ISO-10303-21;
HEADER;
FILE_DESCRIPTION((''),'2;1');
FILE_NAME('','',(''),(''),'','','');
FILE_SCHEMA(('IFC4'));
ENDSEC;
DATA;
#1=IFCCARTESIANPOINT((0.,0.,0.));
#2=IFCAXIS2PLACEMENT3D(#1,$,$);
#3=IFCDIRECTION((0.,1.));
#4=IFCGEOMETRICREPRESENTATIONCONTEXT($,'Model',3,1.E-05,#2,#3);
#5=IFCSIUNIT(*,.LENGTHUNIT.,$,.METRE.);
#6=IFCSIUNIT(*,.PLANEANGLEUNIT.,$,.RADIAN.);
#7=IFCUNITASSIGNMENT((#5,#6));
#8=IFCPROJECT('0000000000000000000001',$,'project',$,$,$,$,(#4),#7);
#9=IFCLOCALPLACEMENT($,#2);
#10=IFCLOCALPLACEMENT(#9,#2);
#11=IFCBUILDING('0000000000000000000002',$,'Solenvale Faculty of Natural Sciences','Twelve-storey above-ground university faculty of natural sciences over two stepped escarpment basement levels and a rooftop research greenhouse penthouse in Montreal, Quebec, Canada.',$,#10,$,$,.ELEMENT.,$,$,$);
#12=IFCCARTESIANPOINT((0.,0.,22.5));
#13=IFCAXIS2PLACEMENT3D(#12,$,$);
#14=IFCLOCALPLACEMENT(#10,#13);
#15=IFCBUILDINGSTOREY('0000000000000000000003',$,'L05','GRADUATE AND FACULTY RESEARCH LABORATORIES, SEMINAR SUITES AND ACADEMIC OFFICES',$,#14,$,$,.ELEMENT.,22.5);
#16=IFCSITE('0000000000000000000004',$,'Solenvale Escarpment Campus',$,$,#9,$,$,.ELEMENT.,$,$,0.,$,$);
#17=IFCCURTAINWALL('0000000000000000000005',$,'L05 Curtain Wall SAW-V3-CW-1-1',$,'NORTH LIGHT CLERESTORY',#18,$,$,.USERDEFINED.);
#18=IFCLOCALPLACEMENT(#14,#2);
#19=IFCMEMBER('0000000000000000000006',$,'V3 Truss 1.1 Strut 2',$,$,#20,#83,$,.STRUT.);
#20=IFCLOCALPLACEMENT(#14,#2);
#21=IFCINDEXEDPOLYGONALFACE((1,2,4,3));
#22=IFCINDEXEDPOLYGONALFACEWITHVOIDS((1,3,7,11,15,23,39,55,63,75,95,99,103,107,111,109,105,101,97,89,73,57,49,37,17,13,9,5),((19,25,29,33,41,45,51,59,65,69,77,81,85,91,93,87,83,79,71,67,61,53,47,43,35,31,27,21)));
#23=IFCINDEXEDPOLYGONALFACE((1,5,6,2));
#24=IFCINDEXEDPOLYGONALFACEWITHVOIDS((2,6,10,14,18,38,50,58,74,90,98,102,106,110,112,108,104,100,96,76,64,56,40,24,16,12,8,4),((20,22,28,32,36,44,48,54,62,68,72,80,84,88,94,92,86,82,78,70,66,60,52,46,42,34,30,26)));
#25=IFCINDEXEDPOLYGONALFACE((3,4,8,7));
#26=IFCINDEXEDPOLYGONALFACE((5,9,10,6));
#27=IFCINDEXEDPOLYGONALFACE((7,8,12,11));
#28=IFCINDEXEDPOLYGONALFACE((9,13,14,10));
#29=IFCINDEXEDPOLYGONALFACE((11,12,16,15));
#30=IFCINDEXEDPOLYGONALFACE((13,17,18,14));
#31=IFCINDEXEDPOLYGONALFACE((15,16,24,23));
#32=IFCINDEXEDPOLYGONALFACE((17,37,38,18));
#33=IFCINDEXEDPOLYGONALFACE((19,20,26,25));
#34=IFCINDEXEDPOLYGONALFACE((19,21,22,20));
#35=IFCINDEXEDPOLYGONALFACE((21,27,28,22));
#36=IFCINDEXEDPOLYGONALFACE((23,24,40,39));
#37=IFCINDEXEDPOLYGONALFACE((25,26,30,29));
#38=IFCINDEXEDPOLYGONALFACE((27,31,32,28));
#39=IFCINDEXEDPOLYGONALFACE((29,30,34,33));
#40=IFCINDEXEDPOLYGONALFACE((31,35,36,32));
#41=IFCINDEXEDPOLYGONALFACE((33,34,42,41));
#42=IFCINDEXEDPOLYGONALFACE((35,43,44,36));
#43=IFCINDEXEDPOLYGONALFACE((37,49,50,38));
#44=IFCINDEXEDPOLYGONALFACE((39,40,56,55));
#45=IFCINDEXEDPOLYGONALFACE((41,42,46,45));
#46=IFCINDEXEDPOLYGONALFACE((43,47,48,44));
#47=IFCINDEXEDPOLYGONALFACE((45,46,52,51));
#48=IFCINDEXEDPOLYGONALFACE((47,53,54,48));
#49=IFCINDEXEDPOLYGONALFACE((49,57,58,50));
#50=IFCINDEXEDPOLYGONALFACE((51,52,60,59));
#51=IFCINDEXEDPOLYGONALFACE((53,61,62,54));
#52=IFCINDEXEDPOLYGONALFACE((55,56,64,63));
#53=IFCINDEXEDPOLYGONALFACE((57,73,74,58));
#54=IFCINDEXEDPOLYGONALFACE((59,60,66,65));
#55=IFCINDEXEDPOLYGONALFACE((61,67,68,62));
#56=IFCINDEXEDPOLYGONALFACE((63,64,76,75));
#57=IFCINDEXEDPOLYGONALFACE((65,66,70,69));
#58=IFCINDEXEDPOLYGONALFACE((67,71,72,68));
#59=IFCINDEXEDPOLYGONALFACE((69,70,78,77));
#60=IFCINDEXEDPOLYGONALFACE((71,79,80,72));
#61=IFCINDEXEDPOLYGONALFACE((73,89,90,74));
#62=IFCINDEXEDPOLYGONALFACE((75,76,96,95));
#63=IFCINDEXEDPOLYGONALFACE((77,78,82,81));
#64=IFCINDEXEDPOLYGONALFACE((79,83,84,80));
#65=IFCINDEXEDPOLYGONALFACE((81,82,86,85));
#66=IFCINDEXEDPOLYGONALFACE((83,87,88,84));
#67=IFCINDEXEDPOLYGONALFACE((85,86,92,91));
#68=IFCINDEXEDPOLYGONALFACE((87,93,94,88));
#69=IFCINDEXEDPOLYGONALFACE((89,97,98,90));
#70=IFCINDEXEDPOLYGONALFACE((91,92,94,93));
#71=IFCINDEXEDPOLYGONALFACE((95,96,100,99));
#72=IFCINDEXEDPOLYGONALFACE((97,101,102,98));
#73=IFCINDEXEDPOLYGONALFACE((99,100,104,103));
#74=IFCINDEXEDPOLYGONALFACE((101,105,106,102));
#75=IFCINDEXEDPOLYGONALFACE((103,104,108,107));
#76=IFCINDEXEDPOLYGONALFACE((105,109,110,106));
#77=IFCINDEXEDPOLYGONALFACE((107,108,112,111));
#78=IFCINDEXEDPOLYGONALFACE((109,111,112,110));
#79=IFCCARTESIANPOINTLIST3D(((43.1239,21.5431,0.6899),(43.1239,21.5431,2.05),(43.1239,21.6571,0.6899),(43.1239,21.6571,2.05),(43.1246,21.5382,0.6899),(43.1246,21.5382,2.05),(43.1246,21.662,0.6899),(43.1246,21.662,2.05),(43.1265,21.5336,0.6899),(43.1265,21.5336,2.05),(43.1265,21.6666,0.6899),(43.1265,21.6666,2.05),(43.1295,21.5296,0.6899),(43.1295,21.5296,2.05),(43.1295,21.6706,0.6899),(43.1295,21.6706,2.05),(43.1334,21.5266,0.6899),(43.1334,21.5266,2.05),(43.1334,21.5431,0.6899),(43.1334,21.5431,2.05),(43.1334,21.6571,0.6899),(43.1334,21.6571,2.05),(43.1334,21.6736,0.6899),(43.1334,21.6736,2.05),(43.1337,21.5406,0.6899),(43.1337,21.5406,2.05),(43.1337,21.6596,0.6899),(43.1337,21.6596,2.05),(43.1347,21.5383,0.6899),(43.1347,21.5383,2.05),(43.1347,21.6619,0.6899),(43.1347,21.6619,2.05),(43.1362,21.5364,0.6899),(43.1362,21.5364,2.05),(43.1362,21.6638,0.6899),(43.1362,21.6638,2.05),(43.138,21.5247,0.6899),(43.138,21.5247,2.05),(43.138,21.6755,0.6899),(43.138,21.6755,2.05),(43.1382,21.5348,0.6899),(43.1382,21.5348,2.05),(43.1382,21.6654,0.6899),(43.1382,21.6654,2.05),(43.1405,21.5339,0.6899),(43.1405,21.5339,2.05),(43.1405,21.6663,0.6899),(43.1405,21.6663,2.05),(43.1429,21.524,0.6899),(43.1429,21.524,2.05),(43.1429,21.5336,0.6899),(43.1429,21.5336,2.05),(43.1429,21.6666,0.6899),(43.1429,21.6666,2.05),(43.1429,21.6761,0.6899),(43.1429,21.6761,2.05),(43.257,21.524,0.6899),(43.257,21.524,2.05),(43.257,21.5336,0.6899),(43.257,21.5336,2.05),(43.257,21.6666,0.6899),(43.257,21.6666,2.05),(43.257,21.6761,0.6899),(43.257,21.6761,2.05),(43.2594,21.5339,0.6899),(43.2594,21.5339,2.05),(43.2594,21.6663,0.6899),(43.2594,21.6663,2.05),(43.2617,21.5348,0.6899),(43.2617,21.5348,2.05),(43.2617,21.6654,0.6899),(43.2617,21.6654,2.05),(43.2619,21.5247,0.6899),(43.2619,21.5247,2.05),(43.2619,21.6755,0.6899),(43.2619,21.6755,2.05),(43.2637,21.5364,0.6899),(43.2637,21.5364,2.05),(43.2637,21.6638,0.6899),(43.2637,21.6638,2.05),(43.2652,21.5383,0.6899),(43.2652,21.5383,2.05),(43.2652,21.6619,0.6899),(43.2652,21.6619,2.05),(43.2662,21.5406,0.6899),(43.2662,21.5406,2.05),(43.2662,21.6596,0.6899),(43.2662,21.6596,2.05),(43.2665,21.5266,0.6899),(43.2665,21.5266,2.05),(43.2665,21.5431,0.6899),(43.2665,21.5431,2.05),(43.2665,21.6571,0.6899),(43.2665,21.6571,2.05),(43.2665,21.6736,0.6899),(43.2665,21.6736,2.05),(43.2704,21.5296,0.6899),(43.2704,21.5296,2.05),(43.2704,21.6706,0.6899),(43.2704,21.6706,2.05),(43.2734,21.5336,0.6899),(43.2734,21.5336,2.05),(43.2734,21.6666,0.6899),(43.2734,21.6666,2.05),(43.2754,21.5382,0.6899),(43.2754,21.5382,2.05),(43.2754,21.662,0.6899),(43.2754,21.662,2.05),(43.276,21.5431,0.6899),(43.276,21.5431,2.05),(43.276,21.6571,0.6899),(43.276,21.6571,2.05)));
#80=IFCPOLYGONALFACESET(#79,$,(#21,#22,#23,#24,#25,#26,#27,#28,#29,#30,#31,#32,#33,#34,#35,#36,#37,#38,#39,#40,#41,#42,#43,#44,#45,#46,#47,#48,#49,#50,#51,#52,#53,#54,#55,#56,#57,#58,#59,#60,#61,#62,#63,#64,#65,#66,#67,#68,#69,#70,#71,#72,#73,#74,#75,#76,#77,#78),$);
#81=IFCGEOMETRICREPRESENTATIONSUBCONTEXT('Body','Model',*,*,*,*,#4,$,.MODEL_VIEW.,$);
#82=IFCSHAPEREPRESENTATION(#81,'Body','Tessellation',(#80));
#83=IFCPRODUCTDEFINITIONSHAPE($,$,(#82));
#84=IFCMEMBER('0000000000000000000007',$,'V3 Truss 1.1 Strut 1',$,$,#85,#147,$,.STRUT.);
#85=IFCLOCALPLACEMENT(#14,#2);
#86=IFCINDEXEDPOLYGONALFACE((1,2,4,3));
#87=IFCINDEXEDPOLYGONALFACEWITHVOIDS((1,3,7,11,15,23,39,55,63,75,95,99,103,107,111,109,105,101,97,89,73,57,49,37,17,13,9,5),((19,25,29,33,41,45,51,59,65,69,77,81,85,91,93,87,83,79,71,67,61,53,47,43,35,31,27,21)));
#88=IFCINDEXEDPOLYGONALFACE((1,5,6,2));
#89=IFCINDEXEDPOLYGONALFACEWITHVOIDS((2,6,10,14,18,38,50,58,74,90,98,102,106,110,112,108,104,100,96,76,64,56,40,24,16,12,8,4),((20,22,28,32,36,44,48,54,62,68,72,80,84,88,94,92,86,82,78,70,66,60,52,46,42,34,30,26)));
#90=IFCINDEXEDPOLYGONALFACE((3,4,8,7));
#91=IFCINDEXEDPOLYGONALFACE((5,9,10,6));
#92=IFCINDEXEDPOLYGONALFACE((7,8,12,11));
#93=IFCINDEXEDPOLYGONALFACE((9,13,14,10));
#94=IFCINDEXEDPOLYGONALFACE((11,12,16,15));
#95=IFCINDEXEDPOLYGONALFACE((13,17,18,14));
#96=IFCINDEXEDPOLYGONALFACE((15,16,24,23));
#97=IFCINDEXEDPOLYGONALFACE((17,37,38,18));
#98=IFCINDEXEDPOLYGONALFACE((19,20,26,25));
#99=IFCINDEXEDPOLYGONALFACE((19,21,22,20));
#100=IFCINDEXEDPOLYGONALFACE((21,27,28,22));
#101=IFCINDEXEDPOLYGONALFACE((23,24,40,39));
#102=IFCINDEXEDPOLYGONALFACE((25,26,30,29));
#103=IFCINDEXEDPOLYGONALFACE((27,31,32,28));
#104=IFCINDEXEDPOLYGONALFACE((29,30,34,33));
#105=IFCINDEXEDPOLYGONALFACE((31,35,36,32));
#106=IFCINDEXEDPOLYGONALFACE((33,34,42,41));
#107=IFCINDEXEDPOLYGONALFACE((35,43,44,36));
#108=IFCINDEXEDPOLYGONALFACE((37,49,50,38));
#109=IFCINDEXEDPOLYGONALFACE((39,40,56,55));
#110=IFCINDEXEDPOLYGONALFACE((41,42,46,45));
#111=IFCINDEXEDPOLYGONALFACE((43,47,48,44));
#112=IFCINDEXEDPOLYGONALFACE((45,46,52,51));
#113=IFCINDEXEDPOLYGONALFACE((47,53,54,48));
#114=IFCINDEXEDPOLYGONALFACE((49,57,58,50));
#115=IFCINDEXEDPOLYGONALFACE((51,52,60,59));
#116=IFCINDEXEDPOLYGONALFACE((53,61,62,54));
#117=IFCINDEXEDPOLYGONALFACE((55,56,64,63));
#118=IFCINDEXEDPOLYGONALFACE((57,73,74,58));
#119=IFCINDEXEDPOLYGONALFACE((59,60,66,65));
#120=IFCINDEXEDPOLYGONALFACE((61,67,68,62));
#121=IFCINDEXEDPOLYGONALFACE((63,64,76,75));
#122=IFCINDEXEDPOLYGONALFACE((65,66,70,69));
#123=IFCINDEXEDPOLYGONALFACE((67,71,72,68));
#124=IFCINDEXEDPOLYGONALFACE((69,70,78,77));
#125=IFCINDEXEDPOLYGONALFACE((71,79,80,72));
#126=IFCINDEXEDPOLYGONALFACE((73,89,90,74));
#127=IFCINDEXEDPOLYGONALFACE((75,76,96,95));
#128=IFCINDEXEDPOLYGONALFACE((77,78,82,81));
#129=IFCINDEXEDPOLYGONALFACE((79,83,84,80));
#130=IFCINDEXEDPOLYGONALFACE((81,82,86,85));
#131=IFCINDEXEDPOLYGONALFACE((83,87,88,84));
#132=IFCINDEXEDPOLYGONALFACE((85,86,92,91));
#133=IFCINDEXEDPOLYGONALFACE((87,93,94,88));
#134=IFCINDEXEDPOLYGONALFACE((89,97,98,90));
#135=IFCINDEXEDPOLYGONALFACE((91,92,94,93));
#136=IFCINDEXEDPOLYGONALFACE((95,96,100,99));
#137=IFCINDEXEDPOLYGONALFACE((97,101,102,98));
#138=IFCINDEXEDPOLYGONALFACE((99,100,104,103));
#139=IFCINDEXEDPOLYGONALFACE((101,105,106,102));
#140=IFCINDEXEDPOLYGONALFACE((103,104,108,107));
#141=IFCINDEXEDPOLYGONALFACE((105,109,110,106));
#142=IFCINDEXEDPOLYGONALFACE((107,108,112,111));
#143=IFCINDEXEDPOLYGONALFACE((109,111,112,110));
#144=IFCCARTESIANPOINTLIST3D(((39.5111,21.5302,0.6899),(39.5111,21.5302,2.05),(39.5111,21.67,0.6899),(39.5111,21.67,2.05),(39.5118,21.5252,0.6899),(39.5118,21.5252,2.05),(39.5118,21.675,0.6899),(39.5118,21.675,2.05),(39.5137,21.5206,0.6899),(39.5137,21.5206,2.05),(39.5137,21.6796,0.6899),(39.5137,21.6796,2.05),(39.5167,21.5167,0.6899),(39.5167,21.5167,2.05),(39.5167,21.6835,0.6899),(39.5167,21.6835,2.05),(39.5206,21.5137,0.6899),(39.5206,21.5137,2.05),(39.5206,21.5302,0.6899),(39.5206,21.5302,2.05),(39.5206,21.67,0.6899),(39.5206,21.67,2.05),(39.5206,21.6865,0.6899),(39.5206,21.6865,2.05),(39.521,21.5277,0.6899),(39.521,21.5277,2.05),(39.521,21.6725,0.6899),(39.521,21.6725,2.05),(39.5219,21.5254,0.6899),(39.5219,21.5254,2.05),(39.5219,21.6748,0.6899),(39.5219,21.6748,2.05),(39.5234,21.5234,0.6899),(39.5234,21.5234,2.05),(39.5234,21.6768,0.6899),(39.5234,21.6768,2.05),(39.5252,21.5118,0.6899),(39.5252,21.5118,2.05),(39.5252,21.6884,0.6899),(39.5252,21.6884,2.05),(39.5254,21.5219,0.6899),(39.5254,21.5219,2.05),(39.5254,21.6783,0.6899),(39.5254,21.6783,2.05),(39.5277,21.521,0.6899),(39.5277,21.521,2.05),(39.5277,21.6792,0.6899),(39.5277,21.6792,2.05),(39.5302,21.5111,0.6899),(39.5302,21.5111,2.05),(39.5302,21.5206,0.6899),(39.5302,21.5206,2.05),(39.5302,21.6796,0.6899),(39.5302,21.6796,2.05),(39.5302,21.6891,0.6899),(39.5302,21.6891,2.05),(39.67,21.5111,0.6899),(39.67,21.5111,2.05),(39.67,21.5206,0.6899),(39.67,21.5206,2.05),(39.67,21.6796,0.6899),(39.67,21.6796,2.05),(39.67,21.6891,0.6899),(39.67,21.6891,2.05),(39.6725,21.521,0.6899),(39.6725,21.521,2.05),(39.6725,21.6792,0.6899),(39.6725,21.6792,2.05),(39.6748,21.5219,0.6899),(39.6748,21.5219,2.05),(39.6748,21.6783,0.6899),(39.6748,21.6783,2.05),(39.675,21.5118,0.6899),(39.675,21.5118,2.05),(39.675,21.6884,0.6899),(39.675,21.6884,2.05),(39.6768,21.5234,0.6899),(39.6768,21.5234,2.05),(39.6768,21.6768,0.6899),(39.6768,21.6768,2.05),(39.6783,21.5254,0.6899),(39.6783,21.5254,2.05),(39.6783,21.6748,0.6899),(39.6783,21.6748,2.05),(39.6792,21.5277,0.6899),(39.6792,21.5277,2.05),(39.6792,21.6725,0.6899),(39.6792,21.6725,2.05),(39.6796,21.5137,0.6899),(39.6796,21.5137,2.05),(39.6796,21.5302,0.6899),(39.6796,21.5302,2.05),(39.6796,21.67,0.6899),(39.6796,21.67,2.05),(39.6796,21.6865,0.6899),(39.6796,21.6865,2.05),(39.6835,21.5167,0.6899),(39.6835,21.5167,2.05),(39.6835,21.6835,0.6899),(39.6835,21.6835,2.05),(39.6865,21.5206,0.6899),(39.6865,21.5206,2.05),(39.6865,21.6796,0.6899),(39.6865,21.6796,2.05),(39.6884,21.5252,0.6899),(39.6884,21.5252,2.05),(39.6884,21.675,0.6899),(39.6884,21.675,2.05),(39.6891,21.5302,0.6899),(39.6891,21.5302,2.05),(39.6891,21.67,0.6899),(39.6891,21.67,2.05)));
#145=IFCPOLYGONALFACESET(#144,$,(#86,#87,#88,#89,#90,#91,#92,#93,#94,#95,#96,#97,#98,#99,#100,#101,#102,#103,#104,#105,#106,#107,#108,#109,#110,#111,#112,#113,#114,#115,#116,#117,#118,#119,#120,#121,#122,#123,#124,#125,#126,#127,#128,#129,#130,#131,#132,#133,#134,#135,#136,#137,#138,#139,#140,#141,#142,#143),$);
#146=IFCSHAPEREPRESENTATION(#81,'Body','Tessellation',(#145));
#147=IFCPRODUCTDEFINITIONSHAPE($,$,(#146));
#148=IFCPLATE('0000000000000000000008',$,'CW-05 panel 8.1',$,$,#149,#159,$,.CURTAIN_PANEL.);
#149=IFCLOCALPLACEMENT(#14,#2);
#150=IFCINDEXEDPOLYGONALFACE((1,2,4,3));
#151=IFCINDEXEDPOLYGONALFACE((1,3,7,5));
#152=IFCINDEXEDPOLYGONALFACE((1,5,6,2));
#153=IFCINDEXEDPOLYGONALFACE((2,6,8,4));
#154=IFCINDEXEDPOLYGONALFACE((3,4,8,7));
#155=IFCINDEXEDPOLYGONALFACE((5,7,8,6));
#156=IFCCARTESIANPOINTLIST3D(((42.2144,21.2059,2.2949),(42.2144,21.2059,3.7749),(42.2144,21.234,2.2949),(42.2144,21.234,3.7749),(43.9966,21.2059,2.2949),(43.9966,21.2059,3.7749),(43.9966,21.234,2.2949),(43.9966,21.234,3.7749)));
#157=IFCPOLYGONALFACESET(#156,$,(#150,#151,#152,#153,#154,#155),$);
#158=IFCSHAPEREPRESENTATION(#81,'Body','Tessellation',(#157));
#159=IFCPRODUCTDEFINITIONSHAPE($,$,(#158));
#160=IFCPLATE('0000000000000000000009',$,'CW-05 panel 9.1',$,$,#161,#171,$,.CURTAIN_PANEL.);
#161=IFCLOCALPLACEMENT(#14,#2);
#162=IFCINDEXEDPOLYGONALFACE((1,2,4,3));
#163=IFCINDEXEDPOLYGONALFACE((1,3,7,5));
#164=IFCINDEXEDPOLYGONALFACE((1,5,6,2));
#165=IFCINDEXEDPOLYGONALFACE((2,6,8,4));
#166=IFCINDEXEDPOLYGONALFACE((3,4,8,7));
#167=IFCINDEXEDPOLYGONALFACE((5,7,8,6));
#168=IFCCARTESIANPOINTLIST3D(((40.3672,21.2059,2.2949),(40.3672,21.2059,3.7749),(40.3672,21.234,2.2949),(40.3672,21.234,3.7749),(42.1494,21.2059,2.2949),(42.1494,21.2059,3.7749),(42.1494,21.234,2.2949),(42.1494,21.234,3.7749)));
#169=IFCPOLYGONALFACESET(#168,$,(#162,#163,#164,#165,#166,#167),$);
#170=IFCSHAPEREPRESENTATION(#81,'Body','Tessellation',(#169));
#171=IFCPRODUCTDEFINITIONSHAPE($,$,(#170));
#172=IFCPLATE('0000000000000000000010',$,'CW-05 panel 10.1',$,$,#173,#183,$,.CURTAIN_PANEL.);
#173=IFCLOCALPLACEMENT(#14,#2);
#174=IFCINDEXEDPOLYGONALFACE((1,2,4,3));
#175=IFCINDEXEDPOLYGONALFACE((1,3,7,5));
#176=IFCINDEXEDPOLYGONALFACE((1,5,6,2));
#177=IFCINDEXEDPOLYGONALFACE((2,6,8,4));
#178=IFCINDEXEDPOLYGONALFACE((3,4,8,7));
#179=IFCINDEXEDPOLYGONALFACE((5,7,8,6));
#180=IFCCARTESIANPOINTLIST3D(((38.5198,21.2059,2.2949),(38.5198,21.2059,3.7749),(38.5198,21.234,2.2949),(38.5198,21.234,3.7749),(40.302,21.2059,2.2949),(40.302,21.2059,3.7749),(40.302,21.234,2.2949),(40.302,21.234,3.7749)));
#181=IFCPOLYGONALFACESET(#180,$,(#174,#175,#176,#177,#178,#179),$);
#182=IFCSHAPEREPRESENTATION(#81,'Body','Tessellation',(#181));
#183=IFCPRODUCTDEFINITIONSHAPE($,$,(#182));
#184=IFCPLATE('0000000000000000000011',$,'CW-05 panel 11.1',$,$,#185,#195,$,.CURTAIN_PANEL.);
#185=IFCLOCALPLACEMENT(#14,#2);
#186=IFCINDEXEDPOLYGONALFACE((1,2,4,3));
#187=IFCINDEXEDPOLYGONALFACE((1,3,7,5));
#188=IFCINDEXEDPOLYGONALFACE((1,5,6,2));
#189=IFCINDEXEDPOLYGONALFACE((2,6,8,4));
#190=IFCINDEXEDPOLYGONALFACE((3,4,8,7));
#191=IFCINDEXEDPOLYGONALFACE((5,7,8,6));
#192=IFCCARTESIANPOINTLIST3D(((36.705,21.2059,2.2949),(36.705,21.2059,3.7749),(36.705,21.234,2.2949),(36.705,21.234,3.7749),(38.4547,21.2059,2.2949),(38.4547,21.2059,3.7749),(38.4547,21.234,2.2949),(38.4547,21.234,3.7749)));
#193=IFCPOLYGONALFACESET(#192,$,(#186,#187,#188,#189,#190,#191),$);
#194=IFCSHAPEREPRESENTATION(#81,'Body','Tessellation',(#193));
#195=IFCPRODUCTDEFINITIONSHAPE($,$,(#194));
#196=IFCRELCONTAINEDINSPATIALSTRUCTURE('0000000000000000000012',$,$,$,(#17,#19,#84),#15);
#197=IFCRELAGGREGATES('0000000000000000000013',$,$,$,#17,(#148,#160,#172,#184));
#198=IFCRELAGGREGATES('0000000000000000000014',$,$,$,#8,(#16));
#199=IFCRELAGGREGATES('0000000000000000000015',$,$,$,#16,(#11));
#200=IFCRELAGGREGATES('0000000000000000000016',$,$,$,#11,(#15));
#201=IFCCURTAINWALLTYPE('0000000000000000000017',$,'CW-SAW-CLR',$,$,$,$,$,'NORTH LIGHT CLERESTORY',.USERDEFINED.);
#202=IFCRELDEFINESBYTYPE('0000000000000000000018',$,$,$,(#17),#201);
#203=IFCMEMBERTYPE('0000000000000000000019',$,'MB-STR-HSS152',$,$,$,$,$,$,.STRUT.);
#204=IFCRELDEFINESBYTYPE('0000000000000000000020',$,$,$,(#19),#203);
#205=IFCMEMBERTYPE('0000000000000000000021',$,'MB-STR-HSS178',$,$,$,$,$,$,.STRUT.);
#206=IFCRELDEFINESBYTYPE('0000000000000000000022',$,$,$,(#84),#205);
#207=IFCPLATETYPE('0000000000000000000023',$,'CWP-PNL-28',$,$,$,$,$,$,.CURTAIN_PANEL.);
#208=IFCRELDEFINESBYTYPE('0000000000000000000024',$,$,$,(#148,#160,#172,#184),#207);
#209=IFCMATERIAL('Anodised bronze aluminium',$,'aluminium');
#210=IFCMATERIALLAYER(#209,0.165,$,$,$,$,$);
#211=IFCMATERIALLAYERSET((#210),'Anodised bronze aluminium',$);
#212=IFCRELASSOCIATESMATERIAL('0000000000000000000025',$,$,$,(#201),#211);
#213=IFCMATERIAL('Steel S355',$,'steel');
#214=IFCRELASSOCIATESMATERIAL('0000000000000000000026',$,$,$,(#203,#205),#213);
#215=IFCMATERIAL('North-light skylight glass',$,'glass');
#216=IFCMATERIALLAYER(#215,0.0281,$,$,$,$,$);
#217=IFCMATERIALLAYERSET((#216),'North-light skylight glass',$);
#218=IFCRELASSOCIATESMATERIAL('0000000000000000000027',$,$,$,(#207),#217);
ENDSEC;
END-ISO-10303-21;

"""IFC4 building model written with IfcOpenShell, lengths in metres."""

from ifc_helpers import new_model, si_unit, direction, frame, origin, origin_2d, place, context, subcontext, project, spatial, rectangle, hollow_rectangle, extrude, material, layer, layer_set, material_profile, profile_set, type_object, element, aggregate, save


model = new_model("IFC4")

# Units and contexts
model_context = context("Model", 3, precision=1e-05, world=origin(), true_north=direction((0.0, 1.0)))
body_context = subcontext(model_context, "Body", "Model", "MODEL_VIEW")
ifc_project = project(units=[si_unit("LENGTHUNIT", "METRE"), si_unit("PLANEANGLEUNIT", "RADIAN")], contexts=[model_context])

# Site, building, storey
site_placement = place(None, origin())
site = spatial("IfcSite", under=ifc_project, at=site_placement, Name="Solenvale Escarpment Campus", CompositionType="ELEMENT", RefElevation=0.0)
building_placement = place(site_placement, origin())
building = spatial("IfcBuilding", under=site, at=building_placement, Name="Solenvale Faculty of Natural Sciences", Description="Twelve-storey above-ground university faculty of natural sciences over two stepped escarpment basement levels and a rooftop research greenhouse penthouse in Montreal, Quebec, Canada.", CompositionType="ELEMENT")
storey_placement = place(building_placement, frame((0.0, 0.0, 22.5)))
storey = spatial("IfcBuildingStorey", under=building, at=storey_placement, Name="L05", Description="GRADUATE AND FACULTY RESEARCH LABORATORIES, SEMINAR SUITES AND ACADEMIC OFFICES", CompositionType="ELEMENT", Elevation=22.5)

# Curtain wall
ifc_material_1 = material(Name="Anodised bronze aluminium", Category="aluminium")
ifc_layer_1 = layer(ifc_material_1, 0.165)
ifc_layer_set_1 = layer_set([ifc_layer_1], Name="Anodised bronze aluminium")
curtain_wall_type = type_object("IfcCurtainWallType", Name="CW-SAW-CLR", ElementType="NORTH LIGHT CLERESTORY", PredefinedType="USERDEFINED", material=ifc_layer_set_1)
curtain_wall_1_placement = place(storey_placement, origin())
curtain_wall_1 = element("IfcCurtainWall", 1, at=curtain_wall_1_placement, inside=storey, type_object=curtain_wall_type, Name="L05 Curtain Wall SAW-V3-CW-1-1", ObjectType="NORTH LIGHT CLERESTORY", PredefinedType="USERDEFINED")

# Members
ifc_material_2 = material(Name="Steel S355", Category="steel")
ifc_material_profile_1 = material_profile(ifc_material_2, hollow_rectangle(XDim=0.1521, YDim=0.1521, WallThickness=0.0095, InnerFilletRadius=0.0095, OuterFilletRadius=0.019, at=origin_2d()), Name="HSS152x152x9.5")
ifc_profile_set_1 = profile_set([ifc_material_profile_1], Name="Steel S355")
member_type_1 = type_object("IfcMemberType", Name="MB-STR-HSS152", PredefinedType="STRUT", material=ifc_profile_set_1)
member_1_placement = place(storey_placement, frame((43.2, 21.6001, 0.6899), z_axis=(0.0, 0.0, 1.0), x_axis=(1.0, 0.0, 0.0)))
element("IfcMember", 2, at=member_1_placement, inside=storey, type_object=member_type_1, Name="V3 Truss 1.1 Strut 2", PredefinedType="STRUT", context=body_context, shape_type="SweptSolid", body=[
    extrude(hollow_rectangle(XDim=0.1521, YDim=0.1521, WallThickness=0.0095, InnerFilletRadius=0.0095, OuterFilletRadius=0.019, at=origin_2d()), origin(), (0.0, 0.0, 1.0), 1.3601),
])
ifc_material_profile_2 = material_profile(ifc_material_2, hollow_rectangle(XDim=0.178, YDim=0.178, WallThickness=0.0095, InnerFilletRadius=0.0095, OuterFilletRadius=0.019, at=origin_2d()), Name="HSS178x178x9.5")
ifc_profile_set_2 = profile_set([ifc_material_profile_2], Name="Steel S355")
member_type_2 = type_object("IfcMemberType", Name="MB-STR-HSS178", PredefinedType="STRUT", material=ifc_profile_set_2)
member_2_placement = place(storey_placement, frame((39.6001, 21.6001, 0.6899), z_axis=(0.0, 0.0, 1.0), x_axis=(1.0, 0.0, 0.0)))
element("IfcMember", 3, at=member_2_placement, inside=storey, type_object=member_type_2, Name="V3 Truss 1.1 Strut 1", PredefinedType="STRUT", context=body_context, shape_type="SweptSolid", body=[
    extrude(hollow_rectangle(XDim=0.178, YDim=0.178, WallThickness=0.0095, InnerFilletRadius=0.0095, OuterFilletRadius=0.019, at=origin_2d()), origin(), (0.0, 0.0, 1.0), 1.3601),
])

# Plates
ifc_material_3 = material(Name="North-light skylight glass", Category="glass")
ifc_layer_2 = layer(ifc_material_3, 0.0281)
ifc_layer_set_2 = layer_set([ifc_layer_2], Name="North-light skylight glass")
plate_type_1 = type_object("IfcPlateType", Name="CWP-PNL-28", PredefinedType="CURTAIN_PANEL", material=ifc_layer_set_2)
plate_1_placement = place(storey_placement, frame((43.1055, 21.22, 2.2949), z_axis=(0.0, 0.0, 1.0), x_axis=(-1.0, 0.0, 0.0)))
plate_1 = element("IfcPlate", 4, at=plate_1_placement, type_object=plate_type_1, Name="CW-05 panel 8.1", PredefinedType="CURTAIN_PANEL", context=body_context, shape_type="SweptSolid", body=[
    extrude(rectangle(XDim=1.7822, YDim=0.0281, at=origin_2d()), origin(), (0.0, 0.0, 1.0), 1.48),
])
plate_2_placement = place(storey_placement, frame((41.2583, 21.22, 2.2949), z_axis=(0.0, 0.0, 1.0), x_axis=(-1.0, 0.0, 0.0)))
plate_2 = element("IfcPlate", 5, at=plate_2_placement, type_object=plate_type_1, Name="CW-05 panel 9.1", PredefinedType="CURTAIN_PANEL", context=body_context, shape_type="SweptSolid", body=[
    extrude(rectangle(XDim=1.7822, YDim=0.0281, at=origin_2d()), origin(), (0.0, 0.0, 1.0), 1.48),
])
plate_3_placement = place(storey_placement, frame((39.4109, 21.22, 2.2949), z_axis=(0.0, 0.0, 1.0), x_axis=(-1.0, 0.0, 0.0)))
plate_3 = element("IfcPlate", 6, at=plate_3_placement, type_object=plate_type_1, Name="CW-05 panel 10.1", PredefinedType="CURTAIN_PANEL", context=body_context, shape_type="SweptSolid", body=[
    extrude(rectangle(XDim=1.7822, YDim=0.0281, at=origin_2d()), origin(), (0.0, 0.0, 1.0), 1.48),
])
plate_4_placement = place(storey_placement, frame((37.5798, 21.22, 2.2949), z_axis=(0.0, 0.0, 1.0), x_axis=(-1.0, 0.0, 0.0)))
plate_4 = element("IfcPlate", 7, at=plate_4_placement, type_object=plate_type_1, Name="CW-05 panel 11.1", PredefinedType="CURTAIN_PANEL", context=body_context, shape_type="SweptSolid", body=[
    extrude(rectangle(XDim=1.7498, YDim=0.0281, at=origin_2d()), origin(), (0.0, 0.0, 1.0), 1.48),
])
aggregate(curtain_wall_1, [plate_1, plate_2, plate_3, plate_4])

save(model, "model.ifc")
